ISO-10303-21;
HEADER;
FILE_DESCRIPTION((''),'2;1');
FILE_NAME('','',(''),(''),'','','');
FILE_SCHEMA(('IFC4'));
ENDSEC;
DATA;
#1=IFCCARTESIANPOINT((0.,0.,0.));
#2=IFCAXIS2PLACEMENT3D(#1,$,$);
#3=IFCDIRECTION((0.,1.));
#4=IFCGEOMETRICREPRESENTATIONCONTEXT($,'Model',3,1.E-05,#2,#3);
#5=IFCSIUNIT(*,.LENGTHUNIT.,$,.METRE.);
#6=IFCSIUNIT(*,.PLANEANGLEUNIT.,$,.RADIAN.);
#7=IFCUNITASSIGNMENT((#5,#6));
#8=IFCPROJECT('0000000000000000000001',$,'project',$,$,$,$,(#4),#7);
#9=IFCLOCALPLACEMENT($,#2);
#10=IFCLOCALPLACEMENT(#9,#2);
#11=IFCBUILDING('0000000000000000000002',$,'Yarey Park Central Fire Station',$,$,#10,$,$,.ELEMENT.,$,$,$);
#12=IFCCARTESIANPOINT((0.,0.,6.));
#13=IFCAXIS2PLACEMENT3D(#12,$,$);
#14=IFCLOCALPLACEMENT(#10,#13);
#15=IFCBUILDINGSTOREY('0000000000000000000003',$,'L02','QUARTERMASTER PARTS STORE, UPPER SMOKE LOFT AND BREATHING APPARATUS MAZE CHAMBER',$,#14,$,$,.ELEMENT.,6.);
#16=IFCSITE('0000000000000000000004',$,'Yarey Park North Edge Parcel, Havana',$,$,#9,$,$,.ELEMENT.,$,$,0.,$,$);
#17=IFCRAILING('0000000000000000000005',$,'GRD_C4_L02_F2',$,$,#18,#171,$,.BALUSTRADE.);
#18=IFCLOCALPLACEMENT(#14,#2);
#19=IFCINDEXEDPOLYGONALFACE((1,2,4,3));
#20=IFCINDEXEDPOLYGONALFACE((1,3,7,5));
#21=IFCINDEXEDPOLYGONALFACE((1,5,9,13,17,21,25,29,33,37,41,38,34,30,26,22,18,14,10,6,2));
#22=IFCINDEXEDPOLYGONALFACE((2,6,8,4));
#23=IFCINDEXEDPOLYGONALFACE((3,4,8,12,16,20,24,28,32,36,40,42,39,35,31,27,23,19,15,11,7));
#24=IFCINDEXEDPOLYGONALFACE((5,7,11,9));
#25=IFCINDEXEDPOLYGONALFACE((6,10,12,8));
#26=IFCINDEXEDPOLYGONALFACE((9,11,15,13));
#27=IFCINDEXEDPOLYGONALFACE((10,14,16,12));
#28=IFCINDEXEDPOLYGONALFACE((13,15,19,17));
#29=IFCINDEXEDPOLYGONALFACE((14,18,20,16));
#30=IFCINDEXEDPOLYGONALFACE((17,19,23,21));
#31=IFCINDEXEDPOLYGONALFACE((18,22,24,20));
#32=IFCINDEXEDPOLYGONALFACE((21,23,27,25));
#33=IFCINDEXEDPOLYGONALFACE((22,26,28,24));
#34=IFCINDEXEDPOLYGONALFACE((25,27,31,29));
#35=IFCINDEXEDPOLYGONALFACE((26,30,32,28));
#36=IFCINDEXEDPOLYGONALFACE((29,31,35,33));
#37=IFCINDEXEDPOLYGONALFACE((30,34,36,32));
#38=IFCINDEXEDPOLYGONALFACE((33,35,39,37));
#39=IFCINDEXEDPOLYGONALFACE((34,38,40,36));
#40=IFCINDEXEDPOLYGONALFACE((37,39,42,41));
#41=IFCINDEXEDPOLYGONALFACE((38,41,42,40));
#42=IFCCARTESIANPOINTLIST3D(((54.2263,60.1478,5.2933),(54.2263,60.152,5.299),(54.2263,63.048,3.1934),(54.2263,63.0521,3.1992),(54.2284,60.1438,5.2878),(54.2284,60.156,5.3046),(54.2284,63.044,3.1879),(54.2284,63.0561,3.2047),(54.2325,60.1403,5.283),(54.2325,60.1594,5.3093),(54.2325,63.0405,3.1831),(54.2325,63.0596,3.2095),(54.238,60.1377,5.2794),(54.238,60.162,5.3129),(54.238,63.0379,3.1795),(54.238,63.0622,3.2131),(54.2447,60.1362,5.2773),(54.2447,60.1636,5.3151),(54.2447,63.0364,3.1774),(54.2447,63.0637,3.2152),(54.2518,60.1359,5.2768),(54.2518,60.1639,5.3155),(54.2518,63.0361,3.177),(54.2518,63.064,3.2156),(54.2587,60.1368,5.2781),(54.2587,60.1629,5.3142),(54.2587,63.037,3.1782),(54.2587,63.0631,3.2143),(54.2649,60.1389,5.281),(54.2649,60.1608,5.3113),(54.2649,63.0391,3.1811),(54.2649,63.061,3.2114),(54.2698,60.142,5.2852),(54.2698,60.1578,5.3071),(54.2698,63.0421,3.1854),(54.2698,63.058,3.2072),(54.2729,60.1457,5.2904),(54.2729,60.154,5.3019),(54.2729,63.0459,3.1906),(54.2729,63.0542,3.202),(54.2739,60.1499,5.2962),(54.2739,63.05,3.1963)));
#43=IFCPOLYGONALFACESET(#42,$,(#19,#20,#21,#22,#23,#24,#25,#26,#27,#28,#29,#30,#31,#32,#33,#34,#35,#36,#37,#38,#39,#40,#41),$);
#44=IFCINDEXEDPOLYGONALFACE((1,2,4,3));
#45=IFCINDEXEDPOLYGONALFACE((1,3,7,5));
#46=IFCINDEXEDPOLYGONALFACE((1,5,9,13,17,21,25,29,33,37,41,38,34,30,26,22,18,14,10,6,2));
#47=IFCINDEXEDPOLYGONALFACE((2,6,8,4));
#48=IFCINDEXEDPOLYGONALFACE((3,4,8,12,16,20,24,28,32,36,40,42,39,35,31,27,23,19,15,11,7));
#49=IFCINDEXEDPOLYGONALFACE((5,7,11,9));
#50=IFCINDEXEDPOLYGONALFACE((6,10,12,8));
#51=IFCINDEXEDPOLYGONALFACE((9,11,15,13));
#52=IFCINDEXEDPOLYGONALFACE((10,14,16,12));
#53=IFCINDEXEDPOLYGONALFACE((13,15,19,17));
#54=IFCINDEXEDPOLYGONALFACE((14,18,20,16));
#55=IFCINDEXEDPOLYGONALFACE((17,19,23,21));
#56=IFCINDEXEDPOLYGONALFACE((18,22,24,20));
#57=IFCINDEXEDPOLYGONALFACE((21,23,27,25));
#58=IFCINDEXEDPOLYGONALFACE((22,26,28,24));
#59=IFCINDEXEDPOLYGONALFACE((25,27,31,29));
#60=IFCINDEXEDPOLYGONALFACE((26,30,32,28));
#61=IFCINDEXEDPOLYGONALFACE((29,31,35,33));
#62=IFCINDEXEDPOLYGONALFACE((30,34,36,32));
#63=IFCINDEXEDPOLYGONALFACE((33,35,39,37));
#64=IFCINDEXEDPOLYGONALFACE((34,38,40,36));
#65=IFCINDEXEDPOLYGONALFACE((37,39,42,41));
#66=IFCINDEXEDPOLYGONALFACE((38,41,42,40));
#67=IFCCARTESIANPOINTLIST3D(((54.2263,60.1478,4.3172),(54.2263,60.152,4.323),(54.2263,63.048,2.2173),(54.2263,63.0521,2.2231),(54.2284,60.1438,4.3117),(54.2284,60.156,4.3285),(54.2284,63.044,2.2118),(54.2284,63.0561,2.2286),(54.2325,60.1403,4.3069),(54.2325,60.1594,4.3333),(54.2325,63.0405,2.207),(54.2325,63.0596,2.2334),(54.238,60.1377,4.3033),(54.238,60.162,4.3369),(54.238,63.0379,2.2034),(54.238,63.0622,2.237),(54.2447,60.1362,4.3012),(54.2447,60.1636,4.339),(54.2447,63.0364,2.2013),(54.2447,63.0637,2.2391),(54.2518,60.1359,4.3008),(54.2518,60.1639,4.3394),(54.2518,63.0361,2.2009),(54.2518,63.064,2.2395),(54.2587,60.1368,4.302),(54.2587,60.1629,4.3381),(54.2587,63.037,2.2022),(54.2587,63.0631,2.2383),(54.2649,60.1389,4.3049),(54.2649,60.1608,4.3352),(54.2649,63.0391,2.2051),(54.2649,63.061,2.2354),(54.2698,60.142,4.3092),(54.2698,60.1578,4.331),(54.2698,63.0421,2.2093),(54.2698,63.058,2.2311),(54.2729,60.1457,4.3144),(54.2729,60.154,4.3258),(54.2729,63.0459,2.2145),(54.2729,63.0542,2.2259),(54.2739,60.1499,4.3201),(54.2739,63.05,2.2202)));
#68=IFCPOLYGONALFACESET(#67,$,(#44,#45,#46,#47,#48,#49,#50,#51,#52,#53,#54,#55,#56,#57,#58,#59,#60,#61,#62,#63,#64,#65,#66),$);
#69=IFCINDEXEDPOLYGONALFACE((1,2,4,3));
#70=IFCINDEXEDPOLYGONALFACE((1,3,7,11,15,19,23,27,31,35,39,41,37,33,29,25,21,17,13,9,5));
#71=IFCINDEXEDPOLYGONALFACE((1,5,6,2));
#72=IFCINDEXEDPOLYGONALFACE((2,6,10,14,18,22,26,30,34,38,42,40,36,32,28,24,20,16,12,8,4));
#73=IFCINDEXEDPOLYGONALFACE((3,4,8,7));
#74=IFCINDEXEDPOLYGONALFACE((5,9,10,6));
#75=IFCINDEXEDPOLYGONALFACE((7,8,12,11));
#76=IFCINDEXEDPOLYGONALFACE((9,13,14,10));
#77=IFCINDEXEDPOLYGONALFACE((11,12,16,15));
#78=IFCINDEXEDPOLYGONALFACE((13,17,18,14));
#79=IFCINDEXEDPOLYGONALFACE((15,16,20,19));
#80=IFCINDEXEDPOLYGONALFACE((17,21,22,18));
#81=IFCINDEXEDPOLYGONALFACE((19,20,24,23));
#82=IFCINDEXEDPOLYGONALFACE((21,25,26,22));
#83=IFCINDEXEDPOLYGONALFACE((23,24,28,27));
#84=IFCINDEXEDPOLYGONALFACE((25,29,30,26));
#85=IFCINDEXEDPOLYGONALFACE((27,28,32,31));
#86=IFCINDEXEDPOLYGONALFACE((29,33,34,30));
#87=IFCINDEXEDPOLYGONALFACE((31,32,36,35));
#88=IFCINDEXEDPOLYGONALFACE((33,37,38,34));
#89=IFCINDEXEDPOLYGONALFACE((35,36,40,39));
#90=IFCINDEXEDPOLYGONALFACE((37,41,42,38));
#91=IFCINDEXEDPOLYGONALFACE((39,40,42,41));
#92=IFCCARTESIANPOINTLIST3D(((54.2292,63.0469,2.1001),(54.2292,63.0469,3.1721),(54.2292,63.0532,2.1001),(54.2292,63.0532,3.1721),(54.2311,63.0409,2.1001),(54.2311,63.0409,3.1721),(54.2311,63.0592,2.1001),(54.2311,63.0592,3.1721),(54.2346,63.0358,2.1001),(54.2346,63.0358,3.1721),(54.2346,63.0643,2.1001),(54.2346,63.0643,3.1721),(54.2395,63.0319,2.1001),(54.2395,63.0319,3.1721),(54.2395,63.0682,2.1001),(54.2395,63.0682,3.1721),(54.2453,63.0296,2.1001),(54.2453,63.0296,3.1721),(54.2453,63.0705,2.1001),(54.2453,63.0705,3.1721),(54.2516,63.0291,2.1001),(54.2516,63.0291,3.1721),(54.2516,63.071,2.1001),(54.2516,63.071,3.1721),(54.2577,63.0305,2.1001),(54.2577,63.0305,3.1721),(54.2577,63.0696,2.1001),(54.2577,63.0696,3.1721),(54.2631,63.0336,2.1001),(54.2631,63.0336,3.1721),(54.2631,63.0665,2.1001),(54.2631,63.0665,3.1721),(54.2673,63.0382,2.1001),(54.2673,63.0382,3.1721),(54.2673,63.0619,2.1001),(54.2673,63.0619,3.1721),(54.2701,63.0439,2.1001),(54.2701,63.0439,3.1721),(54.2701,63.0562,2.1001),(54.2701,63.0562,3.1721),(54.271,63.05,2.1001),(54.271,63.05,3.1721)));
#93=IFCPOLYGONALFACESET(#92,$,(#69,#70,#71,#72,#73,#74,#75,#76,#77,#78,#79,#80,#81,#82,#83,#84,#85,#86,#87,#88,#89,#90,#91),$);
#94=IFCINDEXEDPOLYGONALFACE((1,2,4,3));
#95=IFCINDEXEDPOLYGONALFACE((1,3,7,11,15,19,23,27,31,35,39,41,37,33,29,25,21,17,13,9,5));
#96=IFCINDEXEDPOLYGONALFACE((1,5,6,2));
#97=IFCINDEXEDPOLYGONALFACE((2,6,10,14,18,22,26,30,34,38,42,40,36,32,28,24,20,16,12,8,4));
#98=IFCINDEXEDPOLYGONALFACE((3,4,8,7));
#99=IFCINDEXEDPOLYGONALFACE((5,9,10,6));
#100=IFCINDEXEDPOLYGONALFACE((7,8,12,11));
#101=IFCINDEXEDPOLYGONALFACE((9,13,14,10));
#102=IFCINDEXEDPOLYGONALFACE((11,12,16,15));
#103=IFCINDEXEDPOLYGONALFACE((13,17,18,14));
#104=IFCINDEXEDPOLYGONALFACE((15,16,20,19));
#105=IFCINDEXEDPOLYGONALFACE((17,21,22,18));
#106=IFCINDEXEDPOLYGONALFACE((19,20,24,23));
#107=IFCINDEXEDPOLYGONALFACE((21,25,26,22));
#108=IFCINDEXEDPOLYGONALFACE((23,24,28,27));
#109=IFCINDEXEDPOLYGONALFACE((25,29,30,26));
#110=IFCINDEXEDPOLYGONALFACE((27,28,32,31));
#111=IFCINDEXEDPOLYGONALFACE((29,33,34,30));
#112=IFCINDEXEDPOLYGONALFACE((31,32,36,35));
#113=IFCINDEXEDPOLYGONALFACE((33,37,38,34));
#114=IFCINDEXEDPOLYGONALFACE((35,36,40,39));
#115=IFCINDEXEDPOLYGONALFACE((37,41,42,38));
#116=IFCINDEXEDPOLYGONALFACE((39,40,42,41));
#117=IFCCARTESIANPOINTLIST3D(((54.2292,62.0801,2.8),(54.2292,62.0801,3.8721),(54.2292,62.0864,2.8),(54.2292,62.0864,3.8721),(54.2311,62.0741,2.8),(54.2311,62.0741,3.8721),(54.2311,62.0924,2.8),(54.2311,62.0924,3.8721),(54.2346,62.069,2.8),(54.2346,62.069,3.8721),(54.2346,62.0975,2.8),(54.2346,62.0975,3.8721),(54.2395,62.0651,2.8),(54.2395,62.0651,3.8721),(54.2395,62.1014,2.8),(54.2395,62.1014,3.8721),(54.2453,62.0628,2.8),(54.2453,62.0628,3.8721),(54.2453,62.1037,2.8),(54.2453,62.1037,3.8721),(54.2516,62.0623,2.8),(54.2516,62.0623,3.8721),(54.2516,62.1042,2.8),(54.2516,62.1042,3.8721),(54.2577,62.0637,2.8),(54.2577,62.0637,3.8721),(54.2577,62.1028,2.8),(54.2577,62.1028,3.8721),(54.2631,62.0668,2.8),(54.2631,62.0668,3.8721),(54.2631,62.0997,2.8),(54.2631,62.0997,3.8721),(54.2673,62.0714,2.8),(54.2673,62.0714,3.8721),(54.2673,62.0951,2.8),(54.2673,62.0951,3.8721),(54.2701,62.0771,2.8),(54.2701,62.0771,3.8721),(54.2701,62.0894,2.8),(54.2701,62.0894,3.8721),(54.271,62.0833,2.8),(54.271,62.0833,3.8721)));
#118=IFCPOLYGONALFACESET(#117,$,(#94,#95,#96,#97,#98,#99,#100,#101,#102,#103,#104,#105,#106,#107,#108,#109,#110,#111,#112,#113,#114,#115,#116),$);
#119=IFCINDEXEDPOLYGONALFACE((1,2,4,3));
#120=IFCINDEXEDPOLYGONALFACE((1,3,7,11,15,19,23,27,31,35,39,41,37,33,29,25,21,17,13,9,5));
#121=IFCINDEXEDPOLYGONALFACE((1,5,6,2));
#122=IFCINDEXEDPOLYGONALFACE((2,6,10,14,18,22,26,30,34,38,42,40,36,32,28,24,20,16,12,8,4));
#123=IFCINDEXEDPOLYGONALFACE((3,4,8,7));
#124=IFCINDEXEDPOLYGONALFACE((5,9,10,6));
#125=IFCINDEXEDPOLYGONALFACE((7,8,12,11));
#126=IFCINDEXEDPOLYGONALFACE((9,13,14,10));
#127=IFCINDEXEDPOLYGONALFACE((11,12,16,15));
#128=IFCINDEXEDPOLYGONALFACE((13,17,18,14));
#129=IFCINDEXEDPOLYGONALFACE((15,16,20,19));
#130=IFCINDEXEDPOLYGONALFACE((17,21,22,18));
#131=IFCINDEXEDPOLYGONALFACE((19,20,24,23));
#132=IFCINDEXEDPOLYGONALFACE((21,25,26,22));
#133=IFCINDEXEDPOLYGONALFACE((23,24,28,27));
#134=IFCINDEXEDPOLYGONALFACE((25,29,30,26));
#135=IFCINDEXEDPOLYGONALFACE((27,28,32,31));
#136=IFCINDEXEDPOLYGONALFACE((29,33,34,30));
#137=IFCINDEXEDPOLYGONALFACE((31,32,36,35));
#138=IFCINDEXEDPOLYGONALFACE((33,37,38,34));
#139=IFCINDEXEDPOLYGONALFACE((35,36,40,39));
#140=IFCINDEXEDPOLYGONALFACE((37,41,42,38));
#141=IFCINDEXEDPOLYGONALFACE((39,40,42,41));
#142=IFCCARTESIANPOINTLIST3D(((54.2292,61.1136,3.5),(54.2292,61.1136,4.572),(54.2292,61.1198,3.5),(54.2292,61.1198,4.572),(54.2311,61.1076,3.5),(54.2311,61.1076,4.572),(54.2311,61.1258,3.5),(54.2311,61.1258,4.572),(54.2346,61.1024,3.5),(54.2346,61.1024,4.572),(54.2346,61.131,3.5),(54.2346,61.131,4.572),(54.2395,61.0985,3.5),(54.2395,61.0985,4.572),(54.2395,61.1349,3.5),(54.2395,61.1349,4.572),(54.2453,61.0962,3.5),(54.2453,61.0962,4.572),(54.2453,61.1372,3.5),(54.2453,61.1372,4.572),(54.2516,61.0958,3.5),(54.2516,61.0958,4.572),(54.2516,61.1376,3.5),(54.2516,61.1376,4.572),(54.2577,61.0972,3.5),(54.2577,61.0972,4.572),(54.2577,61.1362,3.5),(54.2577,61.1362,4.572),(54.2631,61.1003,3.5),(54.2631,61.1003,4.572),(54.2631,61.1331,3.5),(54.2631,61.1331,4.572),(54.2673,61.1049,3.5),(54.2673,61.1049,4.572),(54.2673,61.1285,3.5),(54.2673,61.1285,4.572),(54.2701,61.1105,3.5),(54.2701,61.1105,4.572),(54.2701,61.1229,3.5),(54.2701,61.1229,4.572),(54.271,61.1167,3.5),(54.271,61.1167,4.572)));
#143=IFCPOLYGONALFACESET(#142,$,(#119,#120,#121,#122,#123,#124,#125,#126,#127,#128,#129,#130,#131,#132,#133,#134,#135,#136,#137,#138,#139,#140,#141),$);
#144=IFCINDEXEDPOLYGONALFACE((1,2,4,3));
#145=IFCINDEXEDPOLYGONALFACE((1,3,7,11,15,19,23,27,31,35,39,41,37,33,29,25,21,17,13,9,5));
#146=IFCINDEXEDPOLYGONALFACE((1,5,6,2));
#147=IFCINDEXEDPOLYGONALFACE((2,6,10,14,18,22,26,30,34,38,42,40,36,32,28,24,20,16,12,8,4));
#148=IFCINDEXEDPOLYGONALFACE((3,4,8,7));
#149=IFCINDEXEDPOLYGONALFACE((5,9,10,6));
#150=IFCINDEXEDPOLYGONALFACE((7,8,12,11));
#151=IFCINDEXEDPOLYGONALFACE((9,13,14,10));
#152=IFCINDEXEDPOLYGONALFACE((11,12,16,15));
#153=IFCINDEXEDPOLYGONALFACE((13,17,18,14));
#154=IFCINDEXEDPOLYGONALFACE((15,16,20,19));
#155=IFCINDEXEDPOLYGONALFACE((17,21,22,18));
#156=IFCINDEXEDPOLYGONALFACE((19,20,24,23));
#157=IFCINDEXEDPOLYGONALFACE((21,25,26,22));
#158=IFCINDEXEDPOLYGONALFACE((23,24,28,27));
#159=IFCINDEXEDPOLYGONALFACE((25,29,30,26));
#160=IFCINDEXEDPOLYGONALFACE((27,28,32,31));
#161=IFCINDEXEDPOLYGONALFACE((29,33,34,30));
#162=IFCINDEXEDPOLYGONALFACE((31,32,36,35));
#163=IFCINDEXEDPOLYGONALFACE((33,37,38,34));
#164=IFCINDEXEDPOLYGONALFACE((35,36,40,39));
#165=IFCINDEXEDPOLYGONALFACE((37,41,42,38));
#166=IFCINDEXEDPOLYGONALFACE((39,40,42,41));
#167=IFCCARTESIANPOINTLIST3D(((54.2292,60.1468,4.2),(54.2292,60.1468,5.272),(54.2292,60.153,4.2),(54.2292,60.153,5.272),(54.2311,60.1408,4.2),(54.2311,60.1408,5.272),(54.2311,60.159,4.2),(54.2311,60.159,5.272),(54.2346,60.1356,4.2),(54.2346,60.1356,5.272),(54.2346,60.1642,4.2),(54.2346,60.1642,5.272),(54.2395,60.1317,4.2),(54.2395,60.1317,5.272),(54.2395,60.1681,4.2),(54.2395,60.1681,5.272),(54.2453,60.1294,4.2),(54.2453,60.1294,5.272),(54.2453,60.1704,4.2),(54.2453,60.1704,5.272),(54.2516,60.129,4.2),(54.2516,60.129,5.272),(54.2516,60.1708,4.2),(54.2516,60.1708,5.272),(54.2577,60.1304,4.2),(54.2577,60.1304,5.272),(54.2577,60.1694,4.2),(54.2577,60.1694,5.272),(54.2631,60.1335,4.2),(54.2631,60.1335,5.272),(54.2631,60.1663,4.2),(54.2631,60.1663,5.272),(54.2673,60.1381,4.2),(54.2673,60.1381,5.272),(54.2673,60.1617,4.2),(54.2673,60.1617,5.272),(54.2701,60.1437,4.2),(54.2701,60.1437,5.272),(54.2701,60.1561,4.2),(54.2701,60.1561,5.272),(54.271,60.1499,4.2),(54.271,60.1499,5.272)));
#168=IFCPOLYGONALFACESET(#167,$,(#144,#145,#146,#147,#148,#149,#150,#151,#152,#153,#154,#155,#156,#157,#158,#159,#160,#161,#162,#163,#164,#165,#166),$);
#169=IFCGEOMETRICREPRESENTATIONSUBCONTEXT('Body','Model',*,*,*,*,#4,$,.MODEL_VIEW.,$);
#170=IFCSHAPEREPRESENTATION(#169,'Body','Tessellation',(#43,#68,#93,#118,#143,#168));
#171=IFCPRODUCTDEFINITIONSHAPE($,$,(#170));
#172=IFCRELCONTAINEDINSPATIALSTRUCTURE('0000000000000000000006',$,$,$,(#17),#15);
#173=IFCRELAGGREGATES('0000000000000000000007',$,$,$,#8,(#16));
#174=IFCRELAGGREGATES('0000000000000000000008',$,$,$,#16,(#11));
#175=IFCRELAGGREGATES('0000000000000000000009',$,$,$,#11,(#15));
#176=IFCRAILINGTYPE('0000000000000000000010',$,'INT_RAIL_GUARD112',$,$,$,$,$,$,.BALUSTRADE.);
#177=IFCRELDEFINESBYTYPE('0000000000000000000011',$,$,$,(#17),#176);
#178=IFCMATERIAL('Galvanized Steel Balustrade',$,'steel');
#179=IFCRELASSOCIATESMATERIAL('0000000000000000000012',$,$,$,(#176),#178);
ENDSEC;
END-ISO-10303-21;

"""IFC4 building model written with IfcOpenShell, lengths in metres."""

from ifc_helpers import new_model, si_unit, direction, frame, origin, origin_2d, place, context, subcontext, project, spatial, circle, extrude, material, type_object, element, save


model = new_model("IFC4")

# Units and contexts
model_context = context("Model", 3, precision=1e-05, world=origin(), true_north=direction((0.0, 1.0)))
body_context = subcontext(model_context, "Body", "Model", "MODEL_VIEW")
ifc_project = project(units=[si_unit("LENGTHUNIT", "METRE"), si_unit("PLANEANGLEUNIT", "RADIAN")], contexts=[model_context])

# Site, building, storey
site_placement = place(None, origin())
site = spatial("IfcSite", under=ifc_project, at=site_placement, Name="Yarey Park North Edge Parcel, Havana", CompositionType="ELEMENT", RefElevation=0.0)
building_placement = place(site_placement, origin())
building = spatial("IfcBuilding", under=site, at=building_placement, Name="Yarey Park Central Fire Station", CompositionType="ELEMENT")
storey_placement = place(building_placement, frame((0.0, 0.0, 6.0)))
storey = spatial("IfcBuildingStorey", under=building, at=storey_placement, Name="L02", Description="QUARTERMASTER PARTS STORE, UPPER SMOKE LOFT AND BREATHING APPARATUS MAZE CHAMBER", CompositionType="ELEMENT", Elevation=6.0)

# Railing
ifc_material_1 = material(Name="Galvanized Steel Balustrade", Category="steel")
railing_type_1 = type_object("IfcRailingType", Name="INT_RAIL_GUARD112", PredefinedType="BALUSTRADE", material=ifc_material_1)
railing_1_placement = place(storey_placement, frame((54.25, 63.05, 2.1001)))
element("IfcRailing", 1, at=railing_1_placement, inside=storey, type_object=railing_type_1, Name="GRD_C4_L02_F2", PredefinedType="BALUSTRADE", context=body_context, shape_type="SweptSolid", body=[
    extrude(circle(Radius=0.0239, at=origin_2d()), frame((0.0, 0.0, 1.0962), z_axis=(0.0, -0.809976, 0.586464), x_axis=(1.0, 0.0, 0.0)), (0.0, 0.0, 1.0), 3.5806),
    extrude(circle(Radius=0.0239, at=origin_2d()), frame((0.0, 0.0, 0.1201), z_axis=(0.0, -0.809976, 0.586464), x_axis=(1.0, 0.0, 0.0)), (0.0, 0.0, 1.0), 3.5806),
    extrude(circle(Radius=0.021, at=origin_2d()), origin(), (0.0, 0.0, 1.0), 1.072),
    extrude(circle(Radius=0.021, at=origin_2d()), frame((0.0, -0.9668, 0.7)), (0.0, 0.0, 1.0), 1.072),
    extrude(circle(Radius=0.021, at=origin_2d()), frame((0.0, -1.9333, 1.3999)), (0.0, 0.0, 1.0), 1.072),
    extrude(circle(Radius=0.021, at=origin_2d()), frame((0.0, -2.9001, 2.0999)), (0.0, 0.0, 1.0), 1.072),
])

save(model, "model.ifc")
